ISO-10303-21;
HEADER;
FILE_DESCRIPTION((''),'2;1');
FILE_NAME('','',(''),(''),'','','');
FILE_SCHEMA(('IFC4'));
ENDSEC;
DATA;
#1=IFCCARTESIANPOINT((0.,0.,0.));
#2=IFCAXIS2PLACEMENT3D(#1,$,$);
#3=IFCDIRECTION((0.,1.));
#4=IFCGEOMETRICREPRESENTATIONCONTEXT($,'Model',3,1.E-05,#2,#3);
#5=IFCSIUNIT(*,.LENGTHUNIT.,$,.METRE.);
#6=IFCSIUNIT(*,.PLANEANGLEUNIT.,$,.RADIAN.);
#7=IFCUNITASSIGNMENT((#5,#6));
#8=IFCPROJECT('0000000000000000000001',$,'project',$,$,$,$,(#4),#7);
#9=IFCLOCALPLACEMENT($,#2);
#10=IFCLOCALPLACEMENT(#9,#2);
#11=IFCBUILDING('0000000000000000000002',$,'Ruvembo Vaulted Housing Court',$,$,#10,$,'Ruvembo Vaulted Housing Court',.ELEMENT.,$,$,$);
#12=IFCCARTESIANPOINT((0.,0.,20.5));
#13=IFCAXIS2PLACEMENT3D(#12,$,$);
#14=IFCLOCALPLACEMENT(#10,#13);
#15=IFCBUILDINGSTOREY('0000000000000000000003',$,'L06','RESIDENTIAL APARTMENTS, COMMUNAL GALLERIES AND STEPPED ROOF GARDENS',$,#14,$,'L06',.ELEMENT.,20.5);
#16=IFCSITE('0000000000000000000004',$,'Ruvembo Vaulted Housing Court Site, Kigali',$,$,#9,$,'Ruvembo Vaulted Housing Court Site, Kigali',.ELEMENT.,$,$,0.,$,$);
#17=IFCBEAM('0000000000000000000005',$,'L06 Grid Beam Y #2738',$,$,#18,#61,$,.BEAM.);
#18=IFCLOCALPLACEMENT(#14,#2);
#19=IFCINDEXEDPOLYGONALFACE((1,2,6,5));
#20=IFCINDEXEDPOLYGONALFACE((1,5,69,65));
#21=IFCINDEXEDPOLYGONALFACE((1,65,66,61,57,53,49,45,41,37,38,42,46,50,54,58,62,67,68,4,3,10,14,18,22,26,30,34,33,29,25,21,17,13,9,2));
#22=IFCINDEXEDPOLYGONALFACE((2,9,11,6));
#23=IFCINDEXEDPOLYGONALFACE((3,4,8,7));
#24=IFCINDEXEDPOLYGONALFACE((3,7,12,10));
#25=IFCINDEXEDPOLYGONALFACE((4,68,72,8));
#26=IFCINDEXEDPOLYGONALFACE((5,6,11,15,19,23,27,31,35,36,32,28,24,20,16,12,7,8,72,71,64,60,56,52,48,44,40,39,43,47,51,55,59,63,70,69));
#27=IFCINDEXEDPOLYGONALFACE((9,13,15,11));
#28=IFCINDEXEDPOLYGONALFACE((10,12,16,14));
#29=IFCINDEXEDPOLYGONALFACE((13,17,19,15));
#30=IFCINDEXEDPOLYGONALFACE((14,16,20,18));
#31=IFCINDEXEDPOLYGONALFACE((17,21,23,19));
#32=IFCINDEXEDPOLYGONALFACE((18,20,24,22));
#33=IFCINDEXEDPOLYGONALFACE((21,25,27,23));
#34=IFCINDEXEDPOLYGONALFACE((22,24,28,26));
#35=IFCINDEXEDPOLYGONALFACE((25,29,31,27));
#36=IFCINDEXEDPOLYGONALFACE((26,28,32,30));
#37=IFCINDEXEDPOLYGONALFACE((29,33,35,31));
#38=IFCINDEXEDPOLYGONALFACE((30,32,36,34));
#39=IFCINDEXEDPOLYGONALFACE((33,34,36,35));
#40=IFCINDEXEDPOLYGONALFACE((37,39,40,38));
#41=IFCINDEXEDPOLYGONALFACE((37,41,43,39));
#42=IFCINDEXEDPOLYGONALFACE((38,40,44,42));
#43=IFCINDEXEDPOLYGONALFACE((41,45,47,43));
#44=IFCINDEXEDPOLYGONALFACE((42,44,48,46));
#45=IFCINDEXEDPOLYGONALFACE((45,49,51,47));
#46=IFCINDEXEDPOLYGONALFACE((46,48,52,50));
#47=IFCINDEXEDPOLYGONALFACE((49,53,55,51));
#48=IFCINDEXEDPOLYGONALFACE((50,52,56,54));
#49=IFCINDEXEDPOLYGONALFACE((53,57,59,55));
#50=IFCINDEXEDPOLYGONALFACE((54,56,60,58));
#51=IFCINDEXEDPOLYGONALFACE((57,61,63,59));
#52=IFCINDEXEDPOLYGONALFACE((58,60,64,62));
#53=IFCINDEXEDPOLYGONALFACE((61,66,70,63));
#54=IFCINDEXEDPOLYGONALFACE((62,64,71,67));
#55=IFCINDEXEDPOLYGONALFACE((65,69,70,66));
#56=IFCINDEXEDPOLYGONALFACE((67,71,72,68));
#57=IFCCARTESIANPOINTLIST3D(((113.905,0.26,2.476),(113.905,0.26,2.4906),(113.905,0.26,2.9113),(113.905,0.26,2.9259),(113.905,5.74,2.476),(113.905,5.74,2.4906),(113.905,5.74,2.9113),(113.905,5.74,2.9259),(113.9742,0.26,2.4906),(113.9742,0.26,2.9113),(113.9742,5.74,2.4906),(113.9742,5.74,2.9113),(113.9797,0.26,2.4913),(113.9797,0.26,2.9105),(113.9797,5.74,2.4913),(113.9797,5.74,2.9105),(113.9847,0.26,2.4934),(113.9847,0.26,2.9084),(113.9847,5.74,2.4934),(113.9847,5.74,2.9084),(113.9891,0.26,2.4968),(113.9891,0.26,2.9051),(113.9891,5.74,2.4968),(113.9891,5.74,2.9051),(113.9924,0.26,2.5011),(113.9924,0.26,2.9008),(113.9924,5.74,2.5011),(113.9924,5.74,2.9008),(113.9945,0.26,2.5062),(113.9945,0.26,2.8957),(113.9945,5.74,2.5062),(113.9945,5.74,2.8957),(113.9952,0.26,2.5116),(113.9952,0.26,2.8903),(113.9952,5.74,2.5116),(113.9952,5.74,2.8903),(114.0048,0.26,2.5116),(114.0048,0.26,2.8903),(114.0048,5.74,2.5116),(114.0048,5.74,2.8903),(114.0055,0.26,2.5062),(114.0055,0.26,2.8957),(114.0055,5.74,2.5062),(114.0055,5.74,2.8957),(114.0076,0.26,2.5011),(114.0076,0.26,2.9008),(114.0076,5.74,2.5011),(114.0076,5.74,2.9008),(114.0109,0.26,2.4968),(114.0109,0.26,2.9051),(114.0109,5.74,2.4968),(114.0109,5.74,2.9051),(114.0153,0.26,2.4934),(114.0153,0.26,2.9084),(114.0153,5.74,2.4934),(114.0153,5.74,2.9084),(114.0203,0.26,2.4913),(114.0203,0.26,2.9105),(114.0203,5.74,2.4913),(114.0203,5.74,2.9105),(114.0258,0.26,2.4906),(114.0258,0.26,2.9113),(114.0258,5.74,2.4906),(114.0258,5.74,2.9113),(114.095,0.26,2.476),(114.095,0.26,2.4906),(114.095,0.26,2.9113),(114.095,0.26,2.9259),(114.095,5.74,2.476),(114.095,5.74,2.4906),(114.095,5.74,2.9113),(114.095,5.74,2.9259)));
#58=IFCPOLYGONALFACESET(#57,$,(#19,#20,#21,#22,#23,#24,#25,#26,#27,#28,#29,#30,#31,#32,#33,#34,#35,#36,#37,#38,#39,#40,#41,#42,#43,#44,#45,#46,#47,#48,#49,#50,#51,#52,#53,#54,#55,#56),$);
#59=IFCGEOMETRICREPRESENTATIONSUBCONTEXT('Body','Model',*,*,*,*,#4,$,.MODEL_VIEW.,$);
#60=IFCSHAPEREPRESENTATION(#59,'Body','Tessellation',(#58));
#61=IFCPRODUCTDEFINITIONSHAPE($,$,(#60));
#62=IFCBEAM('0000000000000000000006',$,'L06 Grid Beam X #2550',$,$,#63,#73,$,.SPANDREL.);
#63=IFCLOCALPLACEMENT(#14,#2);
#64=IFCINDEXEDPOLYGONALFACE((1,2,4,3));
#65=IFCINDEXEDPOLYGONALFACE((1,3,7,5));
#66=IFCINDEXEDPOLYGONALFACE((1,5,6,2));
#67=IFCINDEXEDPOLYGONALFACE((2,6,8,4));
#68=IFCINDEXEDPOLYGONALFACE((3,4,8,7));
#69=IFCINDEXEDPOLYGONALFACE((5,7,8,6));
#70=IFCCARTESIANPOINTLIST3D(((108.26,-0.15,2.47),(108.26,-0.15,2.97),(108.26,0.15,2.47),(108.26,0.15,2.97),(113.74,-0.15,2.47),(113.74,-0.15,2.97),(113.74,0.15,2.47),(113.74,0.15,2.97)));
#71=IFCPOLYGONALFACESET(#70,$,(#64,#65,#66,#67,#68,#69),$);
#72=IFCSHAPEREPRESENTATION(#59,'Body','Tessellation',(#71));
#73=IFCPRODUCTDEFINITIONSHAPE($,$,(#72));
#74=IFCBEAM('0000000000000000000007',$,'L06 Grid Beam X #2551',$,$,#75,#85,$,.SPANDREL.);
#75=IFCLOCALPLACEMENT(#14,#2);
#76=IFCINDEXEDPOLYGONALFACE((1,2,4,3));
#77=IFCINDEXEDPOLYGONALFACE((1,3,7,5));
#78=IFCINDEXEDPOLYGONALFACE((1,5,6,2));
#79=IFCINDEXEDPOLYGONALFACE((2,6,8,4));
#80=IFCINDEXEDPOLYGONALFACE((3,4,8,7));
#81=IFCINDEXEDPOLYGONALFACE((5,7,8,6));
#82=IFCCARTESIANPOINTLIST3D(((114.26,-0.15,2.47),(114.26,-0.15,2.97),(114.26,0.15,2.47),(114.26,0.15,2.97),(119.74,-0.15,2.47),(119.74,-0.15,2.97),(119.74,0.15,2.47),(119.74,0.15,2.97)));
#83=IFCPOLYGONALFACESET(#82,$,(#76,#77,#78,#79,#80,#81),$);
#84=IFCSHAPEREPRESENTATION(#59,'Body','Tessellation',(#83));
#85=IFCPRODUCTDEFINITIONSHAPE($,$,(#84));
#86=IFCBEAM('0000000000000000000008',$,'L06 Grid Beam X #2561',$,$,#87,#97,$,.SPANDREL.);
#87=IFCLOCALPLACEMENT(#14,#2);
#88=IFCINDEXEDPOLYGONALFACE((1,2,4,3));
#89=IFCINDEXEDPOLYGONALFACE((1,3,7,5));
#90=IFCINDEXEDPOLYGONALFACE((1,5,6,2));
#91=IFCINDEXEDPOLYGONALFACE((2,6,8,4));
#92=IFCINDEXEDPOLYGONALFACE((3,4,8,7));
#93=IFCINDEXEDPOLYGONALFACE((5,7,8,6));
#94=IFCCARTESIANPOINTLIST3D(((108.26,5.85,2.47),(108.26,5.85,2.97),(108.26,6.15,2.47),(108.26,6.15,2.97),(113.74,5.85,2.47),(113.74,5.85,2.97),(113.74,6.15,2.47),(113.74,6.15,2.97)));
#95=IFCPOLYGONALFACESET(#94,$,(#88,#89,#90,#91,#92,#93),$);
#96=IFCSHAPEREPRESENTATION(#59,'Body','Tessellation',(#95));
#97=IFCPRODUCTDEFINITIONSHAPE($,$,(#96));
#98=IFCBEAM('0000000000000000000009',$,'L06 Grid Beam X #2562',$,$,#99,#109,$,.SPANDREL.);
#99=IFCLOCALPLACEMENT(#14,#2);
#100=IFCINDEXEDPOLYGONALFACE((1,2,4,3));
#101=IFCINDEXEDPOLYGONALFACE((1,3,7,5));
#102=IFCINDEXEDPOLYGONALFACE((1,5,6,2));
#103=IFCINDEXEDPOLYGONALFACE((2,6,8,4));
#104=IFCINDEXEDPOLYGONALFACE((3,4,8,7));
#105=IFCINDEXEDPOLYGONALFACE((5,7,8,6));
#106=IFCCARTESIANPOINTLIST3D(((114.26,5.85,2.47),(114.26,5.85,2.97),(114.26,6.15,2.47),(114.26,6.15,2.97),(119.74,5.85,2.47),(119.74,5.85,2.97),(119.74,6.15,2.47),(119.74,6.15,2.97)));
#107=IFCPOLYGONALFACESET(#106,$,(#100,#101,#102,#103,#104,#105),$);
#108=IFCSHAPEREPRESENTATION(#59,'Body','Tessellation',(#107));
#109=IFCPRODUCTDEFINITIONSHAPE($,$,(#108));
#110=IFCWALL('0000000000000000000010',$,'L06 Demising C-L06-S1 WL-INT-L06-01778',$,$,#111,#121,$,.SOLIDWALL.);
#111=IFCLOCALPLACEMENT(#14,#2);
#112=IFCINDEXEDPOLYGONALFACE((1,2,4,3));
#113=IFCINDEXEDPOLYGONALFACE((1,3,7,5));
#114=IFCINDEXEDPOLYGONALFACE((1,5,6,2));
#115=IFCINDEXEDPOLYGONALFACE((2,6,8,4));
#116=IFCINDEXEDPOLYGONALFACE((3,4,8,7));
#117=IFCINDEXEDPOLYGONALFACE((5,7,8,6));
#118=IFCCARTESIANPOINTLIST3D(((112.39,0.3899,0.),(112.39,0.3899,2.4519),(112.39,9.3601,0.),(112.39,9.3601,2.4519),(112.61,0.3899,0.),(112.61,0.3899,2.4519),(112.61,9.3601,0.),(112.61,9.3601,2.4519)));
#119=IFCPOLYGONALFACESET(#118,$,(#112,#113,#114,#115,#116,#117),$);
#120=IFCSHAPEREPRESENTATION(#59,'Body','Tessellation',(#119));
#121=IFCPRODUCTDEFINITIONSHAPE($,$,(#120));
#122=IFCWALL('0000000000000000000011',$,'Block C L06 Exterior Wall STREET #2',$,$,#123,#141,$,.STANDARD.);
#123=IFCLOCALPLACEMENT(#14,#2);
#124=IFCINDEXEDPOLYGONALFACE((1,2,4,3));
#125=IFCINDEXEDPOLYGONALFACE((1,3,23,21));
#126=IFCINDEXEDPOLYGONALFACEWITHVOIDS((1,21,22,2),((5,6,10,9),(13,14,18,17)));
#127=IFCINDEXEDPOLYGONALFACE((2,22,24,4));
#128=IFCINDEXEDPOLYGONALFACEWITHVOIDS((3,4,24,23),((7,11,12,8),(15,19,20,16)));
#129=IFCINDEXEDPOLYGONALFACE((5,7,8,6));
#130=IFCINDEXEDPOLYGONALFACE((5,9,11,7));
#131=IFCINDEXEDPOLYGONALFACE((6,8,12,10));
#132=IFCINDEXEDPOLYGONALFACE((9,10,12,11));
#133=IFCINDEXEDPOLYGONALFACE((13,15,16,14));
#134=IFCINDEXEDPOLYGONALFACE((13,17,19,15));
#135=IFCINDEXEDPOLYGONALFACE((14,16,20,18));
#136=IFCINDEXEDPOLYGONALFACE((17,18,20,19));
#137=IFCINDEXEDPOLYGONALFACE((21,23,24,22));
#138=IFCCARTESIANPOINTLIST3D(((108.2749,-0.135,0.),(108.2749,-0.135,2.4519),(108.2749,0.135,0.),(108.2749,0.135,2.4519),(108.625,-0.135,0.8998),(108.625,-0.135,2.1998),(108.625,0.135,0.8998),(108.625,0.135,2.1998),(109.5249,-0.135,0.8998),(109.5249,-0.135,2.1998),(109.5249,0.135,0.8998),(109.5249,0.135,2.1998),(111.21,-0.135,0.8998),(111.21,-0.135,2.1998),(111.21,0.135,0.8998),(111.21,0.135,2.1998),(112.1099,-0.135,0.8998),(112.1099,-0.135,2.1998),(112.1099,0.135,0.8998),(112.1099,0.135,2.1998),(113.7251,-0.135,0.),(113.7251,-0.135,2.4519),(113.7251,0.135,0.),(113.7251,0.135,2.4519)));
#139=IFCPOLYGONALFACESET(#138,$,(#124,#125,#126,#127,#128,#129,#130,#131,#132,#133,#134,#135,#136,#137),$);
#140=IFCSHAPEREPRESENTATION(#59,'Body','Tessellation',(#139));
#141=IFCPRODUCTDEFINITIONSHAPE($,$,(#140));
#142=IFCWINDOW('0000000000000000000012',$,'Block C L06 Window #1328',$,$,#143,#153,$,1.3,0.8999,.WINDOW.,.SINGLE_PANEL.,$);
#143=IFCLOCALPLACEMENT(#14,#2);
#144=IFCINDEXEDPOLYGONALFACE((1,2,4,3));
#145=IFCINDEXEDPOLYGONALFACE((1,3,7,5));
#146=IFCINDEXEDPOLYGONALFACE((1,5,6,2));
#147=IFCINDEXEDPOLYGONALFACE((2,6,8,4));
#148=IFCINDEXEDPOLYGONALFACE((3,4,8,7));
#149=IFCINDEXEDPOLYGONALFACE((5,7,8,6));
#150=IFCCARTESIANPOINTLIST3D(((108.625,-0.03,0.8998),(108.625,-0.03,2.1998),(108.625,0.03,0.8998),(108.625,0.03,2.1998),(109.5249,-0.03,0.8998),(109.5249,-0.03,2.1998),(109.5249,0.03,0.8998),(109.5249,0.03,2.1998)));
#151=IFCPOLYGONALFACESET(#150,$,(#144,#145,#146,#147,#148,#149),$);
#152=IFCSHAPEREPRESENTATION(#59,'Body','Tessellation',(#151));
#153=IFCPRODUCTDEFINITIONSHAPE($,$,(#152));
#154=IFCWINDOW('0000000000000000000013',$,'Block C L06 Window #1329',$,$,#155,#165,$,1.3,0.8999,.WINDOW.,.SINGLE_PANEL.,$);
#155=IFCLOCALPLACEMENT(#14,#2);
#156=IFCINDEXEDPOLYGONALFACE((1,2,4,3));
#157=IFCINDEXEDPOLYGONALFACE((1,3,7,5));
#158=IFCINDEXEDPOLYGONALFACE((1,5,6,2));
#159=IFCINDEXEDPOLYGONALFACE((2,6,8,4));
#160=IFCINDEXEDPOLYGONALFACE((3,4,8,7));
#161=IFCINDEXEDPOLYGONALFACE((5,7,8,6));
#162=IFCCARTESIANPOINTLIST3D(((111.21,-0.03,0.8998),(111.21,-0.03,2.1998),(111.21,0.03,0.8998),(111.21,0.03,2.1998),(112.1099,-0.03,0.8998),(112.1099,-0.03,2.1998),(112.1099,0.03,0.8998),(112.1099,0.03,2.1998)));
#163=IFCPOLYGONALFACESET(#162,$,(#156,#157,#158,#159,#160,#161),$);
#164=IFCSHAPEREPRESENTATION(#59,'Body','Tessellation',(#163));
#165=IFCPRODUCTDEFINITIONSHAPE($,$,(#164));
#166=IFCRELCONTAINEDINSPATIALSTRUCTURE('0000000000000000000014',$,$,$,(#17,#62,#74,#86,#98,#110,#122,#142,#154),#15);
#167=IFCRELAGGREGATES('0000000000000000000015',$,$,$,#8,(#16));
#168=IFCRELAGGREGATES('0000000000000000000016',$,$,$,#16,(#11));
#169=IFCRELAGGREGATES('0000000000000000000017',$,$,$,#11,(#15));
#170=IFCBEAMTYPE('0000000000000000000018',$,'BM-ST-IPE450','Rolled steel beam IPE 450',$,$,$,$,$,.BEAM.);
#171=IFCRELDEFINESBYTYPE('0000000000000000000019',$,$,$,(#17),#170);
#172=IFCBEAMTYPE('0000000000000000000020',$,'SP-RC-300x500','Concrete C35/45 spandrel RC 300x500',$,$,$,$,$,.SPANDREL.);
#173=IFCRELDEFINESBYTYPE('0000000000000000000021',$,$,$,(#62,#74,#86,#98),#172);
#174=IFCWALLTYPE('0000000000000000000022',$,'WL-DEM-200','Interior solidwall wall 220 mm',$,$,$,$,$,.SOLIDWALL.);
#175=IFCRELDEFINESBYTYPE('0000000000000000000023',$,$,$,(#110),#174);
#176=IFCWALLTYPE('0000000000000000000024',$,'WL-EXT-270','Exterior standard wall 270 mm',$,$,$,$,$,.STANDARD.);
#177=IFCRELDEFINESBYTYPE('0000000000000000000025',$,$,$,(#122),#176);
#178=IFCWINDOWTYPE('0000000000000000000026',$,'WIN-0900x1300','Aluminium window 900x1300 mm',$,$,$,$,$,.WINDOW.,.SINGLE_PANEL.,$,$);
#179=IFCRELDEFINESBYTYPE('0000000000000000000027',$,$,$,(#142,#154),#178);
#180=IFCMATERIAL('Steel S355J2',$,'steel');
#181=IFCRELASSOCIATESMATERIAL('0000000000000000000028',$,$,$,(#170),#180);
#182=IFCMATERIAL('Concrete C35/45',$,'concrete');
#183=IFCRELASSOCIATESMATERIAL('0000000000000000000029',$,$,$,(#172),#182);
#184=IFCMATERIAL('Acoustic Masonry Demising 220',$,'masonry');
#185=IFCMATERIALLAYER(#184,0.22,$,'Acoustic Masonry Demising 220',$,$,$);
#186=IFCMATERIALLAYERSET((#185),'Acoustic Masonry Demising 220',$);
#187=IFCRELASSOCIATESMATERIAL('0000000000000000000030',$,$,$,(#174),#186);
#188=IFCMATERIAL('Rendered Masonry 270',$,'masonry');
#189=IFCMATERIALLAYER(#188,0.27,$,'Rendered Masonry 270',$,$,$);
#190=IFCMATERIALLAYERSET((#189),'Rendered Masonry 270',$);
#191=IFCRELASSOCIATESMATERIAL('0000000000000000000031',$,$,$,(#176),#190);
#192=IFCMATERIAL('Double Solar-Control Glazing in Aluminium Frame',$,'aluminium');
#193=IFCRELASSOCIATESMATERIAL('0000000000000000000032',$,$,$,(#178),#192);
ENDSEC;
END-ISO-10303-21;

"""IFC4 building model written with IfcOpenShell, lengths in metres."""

from ifc_helpers import new_model, si_unit, direction, frame, frame_2d, origin, origin_2d, place, context, subcontext, project, spatial, rectangle, i_section, extrude, material, layer, layer_set, material_profile, profile_set, type_object, element, fill, save


model = new_model("IFC4")

# Units and contexts
model_context = context("Model", 3, precision=1e-05, world=origin(), true_north=direction((0.0, 1.0)))
body_context = subcontext(model_context, "Body", "Model", "MODEL_VIEW")
ifc_project = project(units=[si_unit("LENGTHUNIT", "METRE"), si_unit("PLANEANGLEUNIT", "RADIAN")], contexts=[model_context])

# Site, building, storey
site_placement = place(None, origin())
site = spatial("IfcSite", under=ifc_project, at=site_placement, Name="Ruvembo Vaulted Housing Court Site, Kigali", LongName="Ruvembo Vaulted Housing Court Site, Kigali", CompositionType="ELEMENT", RefElevation=0.0)
building_placement = place(site_placement, origin())
building = spatial("IfcBuilding", under=site, at=building_placement, Name="Ruvembo Vaulted Housing Court", LongName="Ruvembo Vaulted Housing Court", CompositionType="ELEMENT")
storey_placement = place(building_placement, frame((0.0, 0.0, 20.5)))
storey = spatial("IfcBuildingStorey", under=building, at=storey_placement, Name="L06", Description="RESIDENTIAL APARTMENTS, COMMUNAL GALLERIES AND STEPPED ROOF GARDENS", LongName="L06", CompositionType="ELEMENT", Elevation=20.5)

# Shared definitions
ifc_material_1 = material(Name="Concrete C35/45", Category="concrete")

# Beams
ifc_material_2 = material(Name="Steel S355J2", Category="steel")
ifc_material_profile_1 = material_profile(ifc_material_2, i_section(OverallWidth=0.1899, OverallDepth=0.45, WebThickness=0.0095, FlangeThickness=0.0146, FilletRadius=0.021, at=origin_2d()), Name="IPE 450")
ifc_profile_set_1 = profile_set([ifc_material_profile_1], Name="Steel S355J2")
beam_type_1 = type_object("IfcBeamType", Name="BM-ST-IPE450", Description="Rolled steel beam IPE 450", PredefinedType="BEAM", material=ifc_profile_set_1)
for number, where, z_axis, x_axis, name in (
    (1, (114.0, 0.26, 2.7009), (0.0, 1.0, 0.0), (-1.0, 0.0, 0.0), "L06 Grid Beam Y #2738"),
):
    element("IfcBeam", number, at=place(storey_placement, frame(where, z_axis=z_axis, x_axis=x_axis)), inside=storey, type_object=beam_type_1, Name=name, PredefinedType="BEAM", context=body_context, shape_type="SweptSolid", body=[
        extrude(i_section(OverallWidth=0.1899, OverallDepth=0.45, WebThickness=0.0095, FlangeThickness=0.0146, FilletRadius=0.021, at=origin_2d()), origin(), (0.0, 0.0, 1.0), 5.48),
    ])
ifc_material_profile_2 = material_profile(ifc_material_1, rectangle(XDim=0.3, YDim=0.5, at=origin_2d()), Name="RC 300x500")
ifc_profile_set_2 = profile_set([ifc_material_profile_2], Name="Concrete C35/45")
beam_type_2 = type_object("IfcBeamType", Name="SP-RC-300x500", Description="Concrete C35/45 spandrel RC 300x500", PredefinedType="SPANDREL", material=ifc_profile_set_2)
for number, where, z_axis, x_axis, name in (
    (2, (108.26, 0.0, 2.72), (1.0, 0.0, 0.0), (0.0, 1.0, 0.0), "L06 Grid Beam X #2550"),
    (3, (114.26, 0.0, 2.72), (1.0, 0.0, 0.0), (0.0, 1.0, 0.0), "L06 Grid Beam X #2551"),
    (4, (108.26, 6.0, 2.72), (1.0, 0.0, 0.0), (0.0, 1.0, 0.0), "L06 Grid Beam X #2561"),
    (5, (114.26, 6.0, 2.72), (1.0, 0.0, 0.0), (0.0, 1.0, 0.0), "L06 Grid Beam X #2562"),
):
    element("IfcBeam", number, at=place(storey_placement, frame(where, z_axis=z_axis, x_axis=x_axis)), inside=storey, type_object=beam_type_2, Name=name, PredefinedType="SPANDREL", context=body_context, shape_type="SweptSolid", body=[
        extrude(rectangle(XDim=0.3, YDim=0.5, at=origin_2d()), origin(), (0.0, 0.0, 1.0), 5.48),
    ])

# Wall
ifc_material_3 = material(Name="Acoustic Masonry Demising 220", Category="masonry")
ifc_layer_1 = layer(ifc_material_3, 0.22, Name="Acoustic Masonry Demising 220")
ifc_layer_set_1 = layer_set([ifc_layer_1], Name="Acoustic Masonry Demising 220")
wall_type_1 = type_object("IfcWallType", Name="WL-DEM-200", Description="Interior solidwall wall 220 mm", PredefinedType="SOLIDWALL", material=ifc_layer_set_1)
wall_1_placement = place(storey_placement, frame((112.5, 0.3899, 0.0), z_axis=(0.0, 0.0, 1.0), x_axis=(0.0, 1.0, 0.0)))
element("IfcWall", 6, at=wall_1_placement, inside=storey, type_object=wall_type_1, Name="L06 Demising C-L06-S1 WL-INT-L06-01778", PredefinedType="SOLIDWALL", context=body_context, shape_type="SweptSolid", body=[
    extrude(rectangle(XDim=8.9702, YDim=0.22, at=frame_2d((4.4851, 0.0))), origin(), (0.0, 0.0, 1.0), 2.4519),
])

# Wall, openings, windows
ifc_material_4 = material(Name="Rendered Masonry 270", Category="masonry")
ifc_layer_2 = layer(ifc_material_4, 0.27, Name="Rendered Masonry 270")
ifc_layer_set_2 = layer_set([ifc_layer_2], Name="Rendered Masonry 270")
wall_type_2 = type_object("IfcWallType", Name="WL-EXT-270", Description="Exterior standard wall 270 mm", PredefinedType="STANDARD", material=ifc_layer_set_2)
wall_2_placement = place(storey_placement, frame((108.2749, 0.0, 0.0), z_axis=(0.0, 0.0, 1.0), x_axis=(1.0, 0.0, 0.0)))
wall_2 = element("IfcWall", 7, at=wall_2_placement, inside=storey, type_object=wall_type_2, Name="Block C L06 Exterior Wall STREET #2", PredefinedType="STANDARD", context=body_context, shape_type="SweptSolid", body=[
    extrude(rectangle(XDim=5.4502, YDim=0.27, at=frame_2d((2.7251, 0.0))), origin(), (0.0, 0.0, 1.0), 2.4519),
])
opening_1_placement = place(wall_2_placement, frame((0.3501, 0.0, 0.8999)))
opening_1 = element("IfcOpeningElement", 8, at=opening_1_placement, cuts=wall_2, PredefinedType="OPENING", context=body_context, shape_type="SweptSolid", body=[
    extrude(rectangle(XDim=0.8999, YDim=1.3, at=frame_2d((0.45, 0.6499))), frame((0.0, 0.145, 0.0), z_axis=(0.0, -1.0, 0.0), x_axis=(1.0, 0.0, 0.0)), (0.0, 0.0, 1.0), 0.29),
])
opening_2_placement = place(wall_2_placement, frame((2.9351, 0.0, 0.8999)))
opening_2 = element("IfcOpeningElement", 9, at=opening_2_placement, cuts=wall_2, PredefinedType="OPENING", context=body_context, shape_type="SweptSolid", body=[
    extrude(rectangle(XDim=0.8999, YDim=1.3, at=frame_2d((0.45, 0.6499))), frame((0.0, 0.145, 0.0), z_axis=(0.0, -1.0, 0.0), x_axis=(1.0, 0.0, 0.0)), (0.0, 0.0, 1.0), 0.29),
])
ifc_material_5 = material(Name="Double Solar-Control Glazing in Aluminium Frame", Category="aluminium")
window_type_1 = type_object("IfcWindowType", Name="WIN-0900x1300", Description="Aluminium window 900x1300 mm", PartitioningType="SINGLE_PANEL", PredefinedType="WINDOW", material=ifc_material_5)
window_1_placement = place(opening_1_placement, origin())
window_1 = element("IfcWindow", 10, at=window_1_placement, inside=storey, type_object=window_type_1, Name="Block C L06 Window #1328", OverallHeight=1.3, OverallWidth=0.8999, PartitioningType="SINGLE_PANEL", PredefinedType="WINDOW", context=body_context, shape_type="SweptSolid", body=[
    extrude(rectangle(XDim=0.8999, YDim=1.3, at=frame_2d((0.45, 0.6499))), frame((0.0, 0.03, 0.0), z_axis=(0.0, -1.0, 0.0), x_axis=(1.0, 0.0, 0.0)), (0.0, 0.0, 1.0), 0.0601),
])
fill(opening_1, window_1)
window_2_placement = place(opening_2_placement, origin())
window_2 = element("IfcWindow", 11, at=window_2_placement, inside=storey, type_object=window_type_1, Name="Block C L06 Window #1329", OverallHeight=1.3, OverallWidth=0.8999, PartitioningType="SINGLE_PANEL", PredefinedType="WINDOW", context=body_context, shape_type="SweptSolid", body=[
    extrude(rectangle(XDim=0.8999, YDim=1.3, at=frame_2d((0.45, 0.6499))), frame((0.0, 0.03, 0.0), z_axis=(0.0, -1.0, 0.0), x_axis=(1.0, 0.0, 0.0)), (0.0, 0.0, 1.0), 0.0601),
])
fill(opening_2, window_2)

save(model, "model.ifc")
